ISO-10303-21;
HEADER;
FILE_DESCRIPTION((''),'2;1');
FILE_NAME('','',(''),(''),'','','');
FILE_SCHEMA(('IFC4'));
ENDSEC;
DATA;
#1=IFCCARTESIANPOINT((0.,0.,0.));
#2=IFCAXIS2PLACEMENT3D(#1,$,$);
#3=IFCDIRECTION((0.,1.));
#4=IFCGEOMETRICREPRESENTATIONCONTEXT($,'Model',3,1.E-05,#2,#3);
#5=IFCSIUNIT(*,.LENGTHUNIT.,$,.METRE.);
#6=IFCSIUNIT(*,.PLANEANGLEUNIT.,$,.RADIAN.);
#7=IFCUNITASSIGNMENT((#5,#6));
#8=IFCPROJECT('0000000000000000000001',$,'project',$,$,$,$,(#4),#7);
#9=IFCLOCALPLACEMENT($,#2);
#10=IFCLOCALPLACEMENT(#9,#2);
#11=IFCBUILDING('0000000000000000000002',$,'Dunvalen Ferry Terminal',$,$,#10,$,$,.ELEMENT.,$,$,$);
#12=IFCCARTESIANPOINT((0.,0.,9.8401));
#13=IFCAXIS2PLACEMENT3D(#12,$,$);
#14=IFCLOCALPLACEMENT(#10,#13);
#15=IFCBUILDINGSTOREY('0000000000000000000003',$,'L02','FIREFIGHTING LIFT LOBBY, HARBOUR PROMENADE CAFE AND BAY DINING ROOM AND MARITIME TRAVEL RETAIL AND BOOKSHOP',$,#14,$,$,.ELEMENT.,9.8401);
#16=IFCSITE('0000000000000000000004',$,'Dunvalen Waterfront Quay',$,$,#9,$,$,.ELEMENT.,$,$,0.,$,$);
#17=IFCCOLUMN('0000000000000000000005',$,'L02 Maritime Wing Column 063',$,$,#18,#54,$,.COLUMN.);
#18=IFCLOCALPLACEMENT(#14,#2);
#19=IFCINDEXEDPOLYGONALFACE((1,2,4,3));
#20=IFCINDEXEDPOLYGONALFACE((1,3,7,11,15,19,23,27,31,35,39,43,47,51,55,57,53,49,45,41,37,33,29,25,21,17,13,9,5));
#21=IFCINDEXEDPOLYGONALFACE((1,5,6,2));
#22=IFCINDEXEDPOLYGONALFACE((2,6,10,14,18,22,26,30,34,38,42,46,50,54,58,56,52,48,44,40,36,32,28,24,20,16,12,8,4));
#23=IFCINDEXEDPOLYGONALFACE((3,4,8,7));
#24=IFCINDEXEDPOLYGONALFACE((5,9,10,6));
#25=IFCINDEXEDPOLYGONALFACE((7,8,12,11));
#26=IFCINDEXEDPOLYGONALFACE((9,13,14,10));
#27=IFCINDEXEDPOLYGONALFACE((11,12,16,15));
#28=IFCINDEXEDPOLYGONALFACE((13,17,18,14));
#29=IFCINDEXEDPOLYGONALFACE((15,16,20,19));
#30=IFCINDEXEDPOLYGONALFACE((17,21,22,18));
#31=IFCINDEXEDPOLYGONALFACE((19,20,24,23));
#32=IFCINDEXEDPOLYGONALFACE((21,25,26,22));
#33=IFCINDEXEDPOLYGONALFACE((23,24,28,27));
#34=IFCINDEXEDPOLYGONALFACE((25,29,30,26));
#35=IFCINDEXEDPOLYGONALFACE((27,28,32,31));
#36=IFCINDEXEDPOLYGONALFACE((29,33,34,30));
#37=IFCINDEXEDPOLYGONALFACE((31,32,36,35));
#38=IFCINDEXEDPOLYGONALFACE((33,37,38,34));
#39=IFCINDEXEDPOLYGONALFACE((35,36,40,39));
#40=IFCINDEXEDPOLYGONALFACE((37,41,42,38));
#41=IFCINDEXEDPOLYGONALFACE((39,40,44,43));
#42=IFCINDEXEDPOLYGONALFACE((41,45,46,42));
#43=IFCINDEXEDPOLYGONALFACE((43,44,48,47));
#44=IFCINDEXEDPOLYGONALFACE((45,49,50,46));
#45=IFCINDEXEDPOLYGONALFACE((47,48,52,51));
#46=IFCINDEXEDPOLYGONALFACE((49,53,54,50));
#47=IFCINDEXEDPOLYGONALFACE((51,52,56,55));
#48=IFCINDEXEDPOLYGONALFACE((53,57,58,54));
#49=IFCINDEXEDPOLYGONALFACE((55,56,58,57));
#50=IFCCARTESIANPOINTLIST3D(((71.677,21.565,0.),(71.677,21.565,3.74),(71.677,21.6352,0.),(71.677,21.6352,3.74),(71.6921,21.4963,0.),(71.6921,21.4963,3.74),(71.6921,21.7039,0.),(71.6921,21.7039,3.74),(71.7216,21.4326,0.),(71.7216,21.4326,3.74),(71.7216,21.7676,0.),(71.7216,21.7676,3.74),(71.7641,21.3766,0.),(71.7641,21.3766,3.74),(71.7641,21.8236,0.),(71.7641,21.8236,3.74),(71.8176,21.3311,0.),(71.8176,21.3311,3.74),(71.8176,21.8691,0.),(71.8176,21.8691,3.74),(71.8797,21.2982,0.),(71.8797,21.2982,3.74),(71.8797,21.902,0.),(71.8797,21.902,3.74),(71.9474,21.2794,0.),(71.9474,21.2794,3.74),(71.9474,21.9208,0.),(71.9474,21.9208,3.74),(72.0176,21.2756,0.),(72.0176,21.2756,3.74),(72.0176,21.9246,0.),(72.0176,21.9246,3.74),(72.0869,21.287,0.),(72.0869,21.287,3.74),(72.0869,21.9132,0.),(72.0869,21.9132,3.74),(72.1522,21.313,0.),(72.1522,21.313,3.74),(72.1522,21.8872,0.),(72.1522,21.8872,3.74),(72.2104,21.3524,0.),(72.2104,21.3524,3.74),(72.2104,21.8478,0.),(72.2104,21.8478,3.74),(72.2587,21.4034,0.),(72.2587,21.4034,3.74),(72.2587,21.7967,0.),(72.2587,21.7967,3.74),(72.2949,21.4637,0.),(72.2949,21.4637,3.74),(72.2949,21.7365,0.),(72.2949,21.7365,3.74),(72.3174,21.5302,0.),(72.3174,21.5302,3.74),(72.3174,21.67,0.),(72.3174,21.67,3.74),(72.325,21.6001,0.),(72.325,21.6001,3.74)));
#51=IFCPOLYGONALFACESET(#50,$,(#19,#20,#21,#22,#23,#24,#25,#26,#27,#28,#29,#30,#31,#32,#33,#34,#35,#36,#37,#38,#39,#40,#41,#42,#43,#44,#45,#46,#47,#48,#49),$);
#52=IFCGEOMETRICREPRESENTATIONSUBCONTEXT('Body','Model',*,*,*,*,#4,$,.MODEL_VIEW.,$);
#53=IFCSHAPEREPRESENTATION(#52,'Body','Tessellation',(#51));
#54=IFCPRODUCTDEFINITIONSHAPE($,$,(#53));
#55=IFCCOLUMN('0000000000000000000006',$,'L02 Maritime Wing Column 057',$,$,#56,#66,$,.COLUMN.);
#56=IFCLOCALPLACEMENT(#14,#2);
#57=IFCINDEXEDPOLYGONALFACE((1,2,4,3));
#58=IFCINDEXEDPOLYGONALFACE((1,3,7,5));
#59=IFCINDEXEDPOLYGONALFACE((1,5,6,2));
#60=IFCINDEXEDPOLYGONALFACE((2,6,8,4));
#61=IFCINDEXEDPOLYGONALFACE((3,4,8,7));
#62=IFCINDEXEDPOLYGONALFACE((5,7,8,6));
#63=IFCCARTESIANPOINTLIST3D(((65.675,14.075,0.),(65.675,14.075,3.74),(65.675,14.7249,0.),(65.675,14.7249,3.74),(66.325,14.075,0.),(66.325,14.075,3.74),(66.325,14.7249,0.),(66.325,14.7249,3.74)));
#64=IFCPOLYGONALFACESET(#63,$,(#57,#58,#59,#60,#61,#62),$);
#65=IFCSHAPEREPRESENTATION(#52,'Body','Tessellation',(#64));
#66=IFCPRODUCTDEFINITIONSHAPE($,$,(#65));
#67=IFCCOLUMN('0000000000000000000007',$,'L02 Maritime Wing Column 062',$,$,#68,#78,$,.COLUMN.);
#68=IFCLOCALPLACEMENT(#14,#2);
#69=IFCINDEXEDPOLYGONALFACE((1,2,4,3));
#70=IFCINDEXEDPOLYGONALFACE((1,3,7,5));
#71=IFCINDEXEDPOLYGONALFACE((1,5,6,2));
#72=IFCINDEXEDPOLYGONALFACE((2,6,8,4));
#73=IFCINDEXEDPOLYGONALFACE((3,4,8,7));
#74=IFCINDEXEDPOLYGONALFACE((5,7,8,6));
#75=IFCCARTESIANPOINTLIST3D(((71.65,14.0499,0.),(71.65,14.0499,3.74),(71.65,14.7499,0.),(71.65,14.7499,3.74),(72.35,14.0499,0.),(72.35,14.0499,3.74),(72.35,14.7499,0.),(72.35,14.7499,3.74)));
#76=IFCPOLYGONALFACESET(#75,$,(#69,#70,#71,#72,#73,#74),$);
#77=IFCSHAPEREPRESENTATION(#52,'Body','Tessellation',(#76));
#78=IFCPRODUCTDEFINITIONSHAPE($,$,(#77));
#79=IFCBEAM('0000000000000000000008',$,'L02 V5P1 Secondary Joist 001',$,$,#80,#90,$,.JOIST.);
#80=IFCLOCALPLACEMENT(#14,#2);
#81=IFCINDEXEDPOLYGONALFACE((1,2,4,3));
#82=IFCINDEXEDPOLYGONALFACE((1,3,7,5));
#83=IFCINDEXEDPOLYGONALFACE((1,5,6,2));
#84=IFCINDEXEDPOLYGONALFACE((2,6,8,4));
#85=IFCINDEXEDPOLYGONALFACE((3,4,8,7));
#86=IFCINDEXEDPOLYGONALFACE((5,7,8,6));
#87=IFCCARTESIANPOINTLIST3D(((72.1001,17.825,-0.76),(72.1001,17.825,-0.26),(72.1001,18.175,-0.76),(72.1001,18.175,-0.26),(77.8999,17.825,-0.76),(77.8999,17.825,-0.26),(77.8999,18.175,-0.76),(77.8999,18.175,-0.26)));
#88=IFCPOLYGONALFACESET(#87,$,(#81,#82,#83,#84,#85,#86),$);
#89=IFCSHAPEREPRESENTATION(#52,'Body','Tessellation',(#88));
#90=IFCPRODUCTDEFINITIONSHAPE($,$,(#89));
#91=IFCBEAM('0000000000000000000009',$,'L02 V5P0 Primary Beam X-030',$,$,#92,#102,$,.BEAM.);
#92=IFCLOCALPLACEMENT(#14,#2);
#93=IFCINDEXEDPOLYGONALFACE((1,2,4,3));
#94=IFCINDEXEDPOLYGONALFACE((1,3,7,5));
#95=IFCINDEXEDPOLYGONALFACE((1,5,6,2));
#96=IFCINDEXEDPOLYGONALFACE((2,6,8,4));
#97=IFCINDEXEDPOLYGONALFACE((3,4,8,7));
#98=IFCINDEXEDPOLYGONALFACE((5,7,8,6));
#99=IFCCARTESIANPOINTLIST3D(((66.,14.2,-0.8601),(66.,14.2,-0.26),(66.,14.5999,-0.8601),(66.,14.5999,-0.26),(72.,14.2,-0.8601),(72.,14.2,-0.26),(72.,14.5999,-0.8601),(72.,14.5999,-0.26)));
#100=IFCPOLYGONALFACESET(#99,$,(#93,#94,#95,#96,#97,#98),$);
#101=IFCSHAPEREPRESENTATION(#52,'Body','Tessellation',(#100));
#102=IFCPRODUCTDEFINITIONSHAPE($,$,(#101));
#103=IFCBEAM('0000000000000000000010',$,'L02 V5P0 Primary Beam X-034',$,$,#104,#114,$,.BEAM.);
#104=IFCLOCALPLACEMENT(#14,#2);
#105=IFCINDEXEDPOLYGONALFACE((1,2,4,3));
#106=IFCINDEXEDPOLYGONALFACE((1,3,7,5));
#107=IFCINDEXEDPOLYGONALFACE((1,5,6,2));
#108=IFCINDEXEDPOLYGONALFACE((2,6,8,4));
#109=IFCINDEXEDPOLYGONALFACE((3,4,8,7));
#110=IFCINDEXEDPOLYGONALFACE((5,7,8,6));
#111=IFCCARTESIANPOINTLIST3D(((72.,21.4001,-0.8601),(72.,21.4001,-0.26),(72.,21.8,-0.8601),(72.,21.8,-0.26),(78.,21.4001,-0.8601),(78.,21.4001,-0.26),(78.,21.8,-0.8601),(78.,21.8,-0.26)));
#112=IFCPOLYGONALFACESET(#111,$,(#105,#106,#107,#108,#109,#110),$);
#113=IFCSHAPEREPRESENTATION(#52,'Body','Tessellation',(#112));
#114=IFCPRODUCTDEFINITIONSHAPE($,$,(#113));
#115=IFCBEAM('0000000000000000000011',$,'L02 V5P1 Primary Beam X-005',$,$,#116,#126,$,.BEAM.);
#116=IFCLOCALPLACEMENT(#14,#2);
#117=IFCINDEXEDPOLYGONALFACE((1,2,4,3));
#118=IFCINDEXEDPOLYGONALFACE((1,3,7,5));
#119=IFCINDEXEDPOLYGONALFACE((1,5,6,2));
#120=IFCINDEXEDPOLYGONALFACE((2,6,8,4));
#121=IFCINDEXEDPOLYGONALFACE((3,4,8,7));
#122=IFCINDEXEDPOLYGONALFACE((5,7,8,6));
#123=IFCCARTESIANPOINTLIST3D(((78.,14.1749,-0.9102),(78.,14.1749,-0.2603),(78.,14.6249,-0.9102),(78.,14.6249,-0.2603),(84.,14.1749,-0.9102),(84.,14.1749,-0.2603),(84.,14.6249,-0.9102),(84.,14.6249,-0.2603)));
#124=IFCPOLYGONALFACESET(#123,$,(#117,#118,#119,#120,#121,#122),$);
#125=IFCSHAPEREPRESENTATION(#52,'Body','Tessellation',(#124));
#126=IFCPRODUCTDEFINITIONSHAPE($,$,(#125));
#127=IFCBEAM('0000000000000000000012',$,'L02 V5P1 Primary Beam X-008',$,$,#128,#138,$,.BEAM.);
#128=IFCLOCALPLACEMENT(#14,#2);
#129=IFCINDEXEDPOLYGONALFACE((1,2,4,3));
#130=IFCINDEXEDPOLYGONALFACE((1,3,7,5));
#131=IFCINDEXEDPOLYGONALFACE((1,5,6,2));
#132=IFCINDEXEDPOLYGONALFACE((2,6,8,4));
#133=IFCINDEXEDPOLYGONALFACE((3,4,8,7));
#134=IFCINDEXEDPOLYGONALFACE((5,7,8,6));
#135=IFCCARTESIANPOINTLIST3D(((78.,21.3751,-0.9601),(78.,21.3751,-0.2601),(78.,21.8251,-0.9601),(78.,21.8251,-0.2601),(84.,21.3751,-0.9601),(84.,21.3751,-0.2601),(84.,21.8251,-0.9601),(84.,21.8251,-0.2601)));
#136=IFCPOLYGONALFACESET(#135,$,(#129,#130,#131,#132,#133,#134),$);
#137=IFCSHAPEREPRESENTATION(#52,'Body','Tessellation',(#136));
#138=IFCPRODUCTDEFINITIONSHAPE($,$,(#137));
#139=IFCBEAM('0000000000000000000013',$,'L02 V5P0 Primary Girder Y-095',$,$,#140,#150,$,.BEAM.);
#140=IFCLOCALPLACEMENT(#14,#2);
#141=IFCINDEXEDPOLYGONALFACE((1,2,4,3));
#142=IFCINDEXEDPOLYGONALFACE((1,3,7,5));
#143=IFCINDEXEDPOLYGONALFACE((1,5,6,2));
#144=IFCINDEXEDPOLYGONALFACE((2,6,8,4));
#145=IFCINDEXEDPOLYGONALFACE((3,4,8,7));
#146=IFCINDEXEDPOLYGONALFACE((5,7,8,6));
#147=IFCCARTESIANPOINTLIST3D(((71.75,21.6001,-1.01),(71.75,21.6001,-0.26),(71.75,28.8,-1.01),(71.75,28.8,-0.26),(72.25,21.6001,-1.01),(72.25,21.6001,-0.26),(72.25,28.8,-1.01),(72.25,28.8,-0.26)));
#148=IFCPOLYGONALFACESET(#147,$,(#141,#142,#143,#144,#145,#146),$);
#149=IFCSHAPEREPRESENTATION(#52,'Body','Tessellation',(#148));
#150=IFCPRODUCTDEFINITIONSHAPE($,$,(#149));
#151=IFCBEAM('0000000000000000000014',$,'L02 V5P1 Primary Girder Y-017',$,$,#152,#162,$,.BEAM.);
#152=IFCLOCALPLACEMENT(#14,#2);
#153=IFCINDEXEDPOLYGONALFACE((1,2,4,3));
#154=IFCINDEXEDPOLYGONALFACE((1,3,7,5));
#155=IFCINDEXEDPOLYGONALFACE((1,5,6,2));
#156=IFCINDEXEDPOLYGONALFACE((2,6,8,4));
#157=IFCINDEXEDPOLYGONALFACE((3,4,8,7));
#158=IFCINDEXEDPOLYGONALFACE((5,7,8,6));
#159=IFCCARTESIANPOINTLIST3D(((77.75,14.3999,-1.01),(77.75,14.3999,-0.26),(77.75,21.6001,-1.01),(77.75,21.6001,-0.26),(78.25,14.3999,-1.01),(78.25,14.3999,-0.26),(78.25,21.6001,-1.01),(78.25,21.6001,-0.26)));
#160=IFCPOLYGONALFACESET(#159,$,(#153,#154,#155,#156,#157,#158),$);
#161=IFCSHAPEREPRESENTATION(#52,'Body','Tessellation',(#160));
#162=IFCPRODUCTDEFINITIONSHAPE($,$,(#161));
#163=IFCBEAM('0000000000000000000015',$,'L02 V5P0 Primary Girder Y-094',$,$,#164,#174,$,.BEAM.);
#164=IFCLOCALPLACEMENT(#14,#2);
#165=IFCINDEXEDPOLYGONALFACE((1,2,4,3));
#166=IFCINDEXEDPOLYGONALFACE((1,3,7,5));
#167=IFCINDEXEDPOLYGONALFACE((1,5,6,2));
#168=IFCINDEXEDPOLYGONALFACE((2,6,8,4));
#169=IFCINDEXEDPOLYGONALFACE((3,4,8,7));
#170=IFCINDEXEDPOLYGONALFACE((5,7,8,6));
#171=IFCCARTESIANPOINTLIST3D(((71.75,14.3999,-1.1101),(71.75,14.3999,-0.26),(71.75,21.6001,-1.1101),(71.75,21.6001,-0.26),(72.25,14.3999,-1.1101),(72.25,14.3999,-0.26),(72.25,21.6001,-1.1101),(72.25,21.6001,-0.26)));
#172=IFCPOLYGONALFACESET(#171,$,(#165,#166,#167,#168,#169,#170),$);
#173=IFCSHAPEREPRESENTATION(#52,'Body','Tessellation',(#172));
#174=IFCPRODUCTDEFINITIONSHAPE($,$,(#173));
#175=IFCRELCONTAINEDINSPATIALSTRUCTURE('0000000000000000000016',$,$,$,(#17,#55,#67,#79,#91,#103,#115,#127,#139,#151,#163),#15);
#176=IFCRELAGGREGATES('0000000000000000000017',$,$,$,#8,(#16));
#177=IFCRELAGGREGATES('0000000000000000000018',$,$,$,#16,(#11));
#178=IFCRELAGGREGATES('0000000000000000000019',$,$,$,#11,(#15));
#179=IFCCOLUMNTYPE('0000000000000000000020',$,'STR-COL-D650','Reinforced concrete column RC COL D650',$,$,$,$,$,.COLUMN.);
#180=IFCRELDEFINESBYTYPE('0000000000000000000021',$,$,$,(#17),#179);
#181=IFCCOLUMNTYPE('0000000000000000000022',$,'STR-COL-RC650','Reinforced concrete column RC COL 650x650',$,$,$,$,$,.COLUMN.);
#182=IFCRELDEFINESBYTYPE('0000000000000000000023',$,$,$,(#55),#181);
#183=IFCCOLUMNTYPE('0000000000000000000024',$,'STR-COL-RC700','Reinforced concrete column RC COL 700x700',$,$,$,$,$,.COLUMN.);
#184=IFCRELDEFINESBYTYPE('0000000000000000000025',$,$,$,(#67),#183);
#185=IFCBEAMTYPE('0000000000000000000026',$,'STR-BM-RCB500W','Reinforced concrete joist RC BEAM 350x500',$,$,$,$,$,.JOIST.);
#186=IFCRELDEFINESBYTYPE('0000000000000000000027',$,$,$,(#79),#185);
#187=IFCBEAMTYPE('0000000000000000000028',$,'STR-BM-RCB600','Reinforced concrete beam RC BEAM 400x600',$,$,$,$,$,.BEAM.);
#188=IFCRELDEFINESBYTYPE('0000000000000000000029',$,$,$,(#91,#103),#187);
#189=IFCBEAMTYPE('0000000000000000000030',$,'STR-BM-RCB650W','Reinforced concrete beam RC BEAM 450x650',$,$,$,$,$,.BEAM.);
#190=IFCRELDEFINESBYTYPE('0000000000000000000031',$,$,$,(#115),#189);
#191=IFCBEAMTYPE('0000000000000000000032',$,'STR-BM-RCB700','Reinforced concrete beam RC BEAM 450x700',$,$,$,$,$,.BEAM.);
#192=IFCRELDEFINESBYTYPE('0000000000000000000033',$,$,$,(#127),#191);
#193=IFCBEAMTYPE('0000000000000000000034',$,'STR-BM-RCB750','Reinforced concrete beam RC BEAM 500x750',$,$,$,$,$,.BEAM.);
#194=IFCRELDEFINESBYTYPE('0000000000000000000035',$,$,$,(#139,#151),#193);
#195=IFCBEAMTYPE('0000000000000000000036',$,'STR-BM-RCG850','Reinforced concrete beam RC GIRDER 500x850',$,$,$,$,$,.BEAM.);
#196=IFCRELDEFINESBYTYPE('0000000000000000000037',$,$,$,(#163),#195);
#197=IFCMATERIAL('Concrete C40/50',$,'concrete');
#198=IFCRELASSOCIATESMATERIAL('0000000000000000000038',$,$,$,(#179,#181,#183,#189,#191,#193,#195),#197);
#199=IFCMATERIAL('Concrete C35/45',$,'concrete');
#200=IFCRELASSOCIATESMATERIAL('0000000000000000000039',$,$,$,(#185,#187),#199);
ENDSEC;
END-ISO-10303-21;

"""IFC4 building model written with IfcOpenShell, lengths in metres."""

from ifc_helpers import new_model, si_unit, direction, frame, origin, origin_2d, place, context, subcontext, project, spatial, rectangle, circle, extrude, material, material_profile, profile_set, type_object, element, save


model = new_model("IFC4")

# Units and contexts
model_context = context("Model", 3, precision=1e-05, world=origin(), true_north=direction((0.0, 1.0)))
body_context = subcontext(model_context, "Body", "Model", "MODEL_VIEW")
ifc_project = project(units=[si_unit("LENGTHUNIT", "METRE"), si_unit("PLANEANGLEUNIT", "RADIAN")], contexts=[model_context])

# Site, building, storey
site_placement = place(None, origin())
site = spatial("IfcSite", under=ifc_project, at=site_placement, Name="Dunvalen Waterfront Quay", CompositionType="ELEMENT", RefElevation=0.0)
building_placement = place(site_placement, origin())
building = spatial("IfcBuilding", under=site, at=building_placement, Name="Dunvalen Ferry Terminal", CompositionType="ELEMENT")
storey_placement = place(building_placement, frame((0.0, 0.0, 9.8401)))
storey = spatial("IfcBuildingStorey", under=building, at=storey_placement, Name="L02", Description="FIREFIGHTING LIFT LOBBY, HARBOUR PROMENADE CAFE AND BAY DINING ROOM AND MARITIME TRAVEL RETAIL AND BOOKSHOP", CompositionType="ELEMENT", Elevation=9.8401)

# Columns
ifc_material_1 = material(Name="Concrete C40/50", Category="concrete")
ifc_material_profile_1 = material_profile(ifc_material_1, circle(Radius=0.325, at=origin_2d()), Name="Concrete C40/50")
ifc_profile_set_1 = profile_set([ifc_material_profile_1], Name="Concrete C40/50")
column_type_1 = type_object("IfcColumnType", Name="STR-COL-D650", Description="Reinforced concrete column RC COL D650", PredefinedType="COLUMN", material=ifc_profile_set_1)
column_1_placement = place(storey_placement, frame((72.0, 21.6001, 0.0), z_axis=(0.0, 0.0, 1.0), x_axis=(1.0, 0.0, 0.0)))
element("IfcColumn", 1, at=column_1_placement, inside=storey, type_object=column_type_1, Name="L02 Maritime Wing Column 063", PredefinedType="COLUMN", context=body_context, shape_type="SweptSolid", body=[
    extrude(circle(Radius=0.325, at=origin_2d()), origin(), (0.0, 0.0, 1.0), 3.74),
])
ifc_material_profile_2 = material_profile(ifc_material_1, rectangle(XDim=0.6499, YDim=0.6499, at=origin_2d()), Name="Concrete C40/50")
ifc_profile_set_2 = profile_set([ifc_material_profile_2], Name="Concrete C40/50")
column_type_2 = type_object("IfcColumnType", Name="STR-COL-RC650", Description="Reinforced concrete column RC COL 650x650", PredefinedType="COLUMN", material=ifc_profile_set_2)
column_2_placement = place(storey_placement, frame((66.0, 14.3999, 0.0), z_axis=(0.0, 0.0, 1.0), x_axis=(1.0, 0.0, 0.0)))
element("IfcColumn", 2, at=column_2_placement, inside=storey, type_object=column_type_2, Name="L02 Maritime Wing Column 057", PredefinedType="COLUMN", context=body_context, shape_type="SweptSolid", body=[
    extrude(rectangle(XDim=0.6499, YDim=0.6499, at=origin_2d()), origin(), (0.0, 0.0, 1.0), 3.74),
])
ifc_material_profile_3 = material_profile(ifc_material_1, rectangle(XDim=0.7, YDim=0.7, at=origin_2d()), Name="Concrete C40/50")
ifc_profile_set_3 = profile_set([ifc_material_profile_3], Name="Concrete C40/50")
column_type_3 = type_object("IfcColumnType", Name="STR-COL-RC700", Description="Reinforced concrete column RC COL 700x700", PredefinedType="COLUMN", material=ifc_profile_set_3)
column_3_placement = place(storey_placement, frame((72.0, 14.3999, 0.0), z_axis=(0.0, 0.0, 1.0), x_axis=(1.0, 0.0, 0.0)))
element("IfcColumn", 3, at=column_3_placement, inside=storey, type_object=column_type_3, Name="L02 Maritime Wing Column 062", PredefinedType="COLUMN", context=body_context, shape_type="SweptSolid", body=[
    extrude(rectangle(XDim=0.7, YDim=0.7, at=origin_2d()), origin(), (0.0, 0.0, 1.0), 3.74),
])

# Beams
ifc_material_2 = material(Name="Concrete C35/45", Category="concrete")
ifc_material_profile_4 = material_profile(ifc_material_2, rectangle(XDim=0.3501, YDim=0.5, at=origin_2d()), Name="Concrete C35/45")
ifc_profile_set_4 = profile_set([ifc_material_profile_4], Name="Concrete C35/45")
beam_type_1 = type_object("IfcBeamType", Name="STR-BM-RCB500W", Description="Reinforced concrete joist RC BEAM 350x500", PredefinedType="JOIST", material=ifc_profile_set_4)
beam_1_placement = place(storey_placement, frame((72.1001, 18.0, -0.51), z_axis=(1.0, 0.0, 0.0), x_axis=(0.0, 1.0, 0.0)))
element("IfcBeam", 4, at=beam_1_placement, inside=storey, type_object=beam_type_1, Name="L02 V5P1 Secondary Joist 001", PredefinedType="JOIST", context=body_context, shape_type="SweptSolid", body=[
    extrude(rectangle(XDim=0.3501, YDim=0.5, at=origin_2d()), origin(), (0.0, 0.0, 1.0), 5.7998),
])
ifc_material_profile_5 = material_profile(ifc_material_2, rectangle(XDim=0.3999, YDim=0.6001, at=origin_2d()), Name="Concrete C35/45")
ifc_profile_set_5 = profile_set([ifc_material_profile_5], Name="Concrete C35/45")
beam_type_2 = type_object("IfcBeamType", Name="STR-BM-RCB600", Description="Reinforced concrete beam RC BEAM 400x600", PredefinedType="BEAM", material=ifc_profile_set_5)
for number, where, z_axis, x_axis, name in (
    (5, (66.0, 14.3999, -0.5601), (1.0, 0.0, 0.0), (0.0, 1.0, 0.0), "L02 V5P0 Primary Beam X-030"),
    (6, (72.0, 21.6001, -0.5601), (1.0, 0.0, 0.0), (0.0, 1.0, 0.0), "L02 V5P0 Primary Beam X-034"),
):
    element("IfcBeam", number, at=place(storey_placement, frame(where, z_axis=z_axis, x_axis=x_axis)), inside=storey, type_object=beam_type_2, Name=name, PredefinedType="BEAM", context=body_context, shape_type="SweptSolid", body=[
        extrude(rectangle(XDim=0.3999, YDim=0.6001, at=origin_2d()), origin(), (0.0, 0.0, 1.0), 6.0),
    ])
ifc_material_profile_6 = material_profile(ifc_material_1, rectangle(XDim=0.45, YDim=0.6499, at=origin_2d()), Name="Concrete C40/50")
ifc_profile_set_6 = profile_set([ifc_material_profile_6], Name="Concrete C40/50")
beam_type_3 = type_object("IfcBeamType", Name="STR-BM-RCB650W", Description="Reinforced concrete beam RC BEAM 450x650", PredefinedType="BEAM", material=ifc_profile_set_6)
beam_2_placement = place(storey_placement, frame((78.0, 14.3999, -0.5852), z_axis=(1.0, 0.0, 0.0), x_axis=(0.0, 1.0, 0.0)))
element("IfcBeam", 7, at=beam_2_placement, inside=storey, type_object=beam_type_3, Name="L02 V5P1 Primary Beam X-005", PredefinedType="BEAM", context=body_context, shape_type="SweptSolid", body=[
    extrude(rectangle(XDim=0.45, YDim=0.6499, at=origin_2d()), origin(), (0.0, 0.0, 1.0), 6.0),
])
ifc_material_profile_7 = material_profile(ifc_material_1, rectangle(XDim=0.45, YDim=0.7, at=origin_2d()), Name="Concrete C40/50")
ifc_profile_set_7 = profile_set([ifc_material_profile_7], Name="Concrete C40/50")
beam_type_4 = type_object("IfcBeamType", Name="STR-BM-RCB700", Description="Reinforced concrete beam RC BEAM 450x700", PredefinedType="BEAM", material=ifc_profile_set_7)
beam_3_placement = place(storey_placement, frame((78.0, 21.6001, -0.6101), z_axis=(1.0, 0.0, 0.0), x_axis=(0.0, 1.0, 0.0)))
element("IfcBeam", 8, at=beam_3_placement, inside=storey, type_object=beam_type_4, Name="L02 V5P1 Primary Beam X-008", PredefinedType="BEAM", context=body_context, shape_type="SweptSolid", body=[
    extrude(rectangle(XDim=0.45, YDim=0.7, at=origin_2d()), origin(), (0.0, 0.0, 1.0), 6.0),
])
ifc_material_profile_8 = material_profile(ifc_material_1, rectangle(XDim=0.5, YDim=0.75, at=origin_2d()), Name="Concrete C40/50")
ifc_profile_set_8 = profile_set([ifc_material_profile_8], Name="Concrete C40/50")
beam_type_5 = type_object("IfcBeamType", Name="STR-BM-RCB750", Description="Reinforced concrete beam RC BEAM 500x750", PredefinedType="BEAM", material=ifc_profile_set_8)
beam_4_placement = place(storey_placement, frame((72.0, 21.6001, -0.635), z_axis=(0.0, 1.0, 0.0), x_axis=(-1.0, 0.0, 0.0)))
element("IfcBeam", 9, at=beam_4_placement, inside=storey, type_object=beam_type_5, Name="L02 V5P0 Primary Girder Y-095", PredefinedType="BEAM", context=body_context, shape_type="SweptSolid", body=[
    extrude(rectangle(XDim=0.5, YDim=0.75, at=origin_2d()), origin(), (0.0, 0.0, 1.0), 7.2),
])
beam_5_placement = place(storey_placement, frame((78.0, 14.3999, -0.635), z_axis=(0.0, 1.0, 0.0), x_axis=(-1.0, 0.0, 0.0)))
element("IfcBeam", 10, at=beam_5_placement, inside=storey, type_object=beam_type_5, Name="L02 V5P1 Primary Girder Y-017", PredefinedType="BEAM", context=body_context, shape_type="SweptSolid", body=[
    extrude(rectangle(XDim=0.5, YDim=0.75, at=origin_2d()), origin(), (0.0, 0.0, 1.0), 7.2002),
])
ifc_material_profile_9 = material_profile(ifc_material_1, rectangle(XDim=0.5, YDim=0.8501, at=origin_2d()), Name="Concrete C40/50")
ifc_profile_set_9 = profile_set([ifc_material_profile_9], Name="Concrete C40/50")
beam_type_6 = type_object("IfcBeamType", Name="STR-BM-RCG850", Description="Reinforced concrete beam RC GIRDER 500x850", PredefinedType="BEAM", material=ifc_profile_set_9)
beam_6_placement = place(storey_placement, frame((72.0, 14.3999, -0.6851), z_axis=(0.0, 1.0, 0.0), x_axis=(-1.0, 0.0, 0.0)))
element("IfcBeam", 11, at=beam_6_placement, inside=storey, type_object=beam_type_6, Name="L02 V5P0 Primary Girder Y-094", PredefinedType="BEAM", context=body_context, shape_type="SweptSolid", body=[
    extrude(rectangle(XDim=0.5, YDim=0.8501, at=origin_2d()), origin(), (0.0, 0.0, 1.0), 7.2002),
])

save(model, "model.ifc")
